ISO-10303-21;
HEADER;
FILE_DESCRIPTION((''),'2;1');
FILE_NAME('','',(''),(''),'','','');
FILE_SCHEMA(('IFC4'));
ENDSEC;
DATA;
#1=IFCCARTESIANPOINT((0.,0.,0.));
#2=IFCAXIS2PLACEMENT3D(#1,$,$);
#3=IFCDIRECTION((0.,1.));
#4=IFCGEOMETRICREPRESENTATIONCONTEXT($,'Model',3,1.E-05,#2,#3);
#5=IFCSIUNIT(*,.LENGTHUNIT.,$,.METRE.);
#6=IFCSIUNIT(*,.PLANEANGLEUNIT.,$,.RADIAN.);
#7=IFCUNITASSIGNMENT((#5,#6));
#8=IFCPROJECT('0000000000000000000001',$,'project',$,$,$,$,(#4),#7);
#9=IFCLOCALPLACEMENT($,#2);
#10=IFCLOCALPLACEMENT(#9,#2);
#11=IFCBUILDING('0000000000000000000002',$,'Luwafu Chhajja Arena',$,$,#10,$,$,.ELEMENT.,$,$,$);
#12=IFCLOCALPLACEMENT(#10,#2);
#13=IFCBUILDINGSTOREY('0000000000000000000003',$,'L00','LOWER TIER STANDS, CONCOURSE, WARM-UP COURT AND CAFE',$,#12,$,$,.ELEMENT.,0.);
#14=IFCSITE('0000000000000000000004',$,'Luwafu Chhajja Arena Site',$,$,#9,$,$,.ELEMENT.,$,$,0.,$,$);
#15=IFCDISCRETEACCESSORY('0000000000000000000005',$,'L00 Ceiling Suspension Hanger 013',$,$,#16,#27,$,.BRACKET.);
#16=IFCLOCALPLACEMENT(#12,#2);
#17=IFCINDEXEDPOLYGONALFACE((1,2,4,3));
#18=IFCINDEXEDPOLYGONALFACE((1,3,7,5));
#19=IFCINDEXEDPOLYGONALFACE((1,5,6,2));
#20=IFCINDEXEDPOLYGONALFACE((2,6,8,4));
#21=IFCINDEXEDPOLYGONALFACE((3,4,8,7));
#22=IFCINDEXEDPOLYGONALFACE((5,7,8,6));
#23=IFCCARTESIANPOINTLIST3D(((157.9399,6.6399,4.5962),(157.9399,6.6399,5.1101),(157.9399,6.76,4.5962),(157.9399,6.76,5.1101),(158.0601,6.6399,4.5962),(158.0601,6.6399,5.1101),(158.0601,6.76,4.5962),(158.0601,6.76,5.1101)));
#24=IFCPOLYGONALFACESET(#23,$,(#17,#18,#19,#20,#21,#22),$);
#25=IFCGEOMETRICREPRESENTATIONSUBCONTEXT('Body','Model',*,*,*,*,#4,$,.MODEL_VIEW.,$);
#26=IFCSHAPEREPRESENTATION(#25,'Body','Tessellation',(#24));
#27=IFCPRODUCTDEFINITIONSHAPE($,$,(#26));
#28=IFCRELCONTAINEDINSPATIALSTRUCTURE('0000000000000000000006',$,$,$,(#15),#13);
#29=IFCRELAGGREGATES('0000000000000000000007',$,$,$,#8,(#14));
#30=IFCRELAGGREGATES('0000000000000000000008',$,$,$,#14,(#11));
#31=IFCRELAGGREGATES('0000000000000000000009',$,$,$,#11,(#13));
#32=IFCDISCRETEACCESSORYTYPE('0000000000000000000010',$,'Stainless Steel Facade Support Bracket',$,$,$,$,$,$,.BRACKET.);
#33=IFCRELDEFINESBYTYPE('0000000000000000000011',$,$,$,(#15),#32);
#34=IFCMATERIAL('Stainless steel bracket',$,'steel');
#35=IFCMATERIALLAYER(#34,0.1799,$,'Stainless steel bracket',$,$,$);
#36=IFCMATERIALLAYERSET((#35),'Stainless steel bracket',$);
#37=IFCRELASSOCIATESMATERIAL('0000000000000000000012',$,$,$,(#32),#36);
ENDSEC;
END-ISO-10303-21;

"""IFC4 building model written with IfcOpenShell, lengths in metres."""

from ifc_helpers import new_model, si_unit, direction, frame, origin, origin_2d, place, context, subcontext, project, spatial, rectangle, extrude, material, layer, layer_set, type_object, element, save


model = new_model("IFC4")

# Units and contexts
model_context = context("Model", 3, precision=1e-05, world=origin(), true_north=direction((0.0, 1.0)))
body_context = subcontext(model_context, "Body", "Model", "MODEL_VIEW")
ifc_project = project(units=[si_unit("LENGTHUNIT", "METRE"), si_unit("PLANEANGLEUNIT", "RADIAN")], contexts=[model_context])

# Site, building, storey
site_placement = place(None, origin())
site = spatial("IfcSite", under=ifc_project, at=site_placement, Name="Luwafu Chhajja Arena Site", CompositionType="ELEMENT", RefElevation=0.0)
building_placement = place(site_placement, origin())
building = spatial("IfcBuilding", under=site, at=building_placement, Name="Luwafu Chhajja Arena", CompositionType="ELEMENT")
storey_placement = place(building_placement, origin())
storey = spatial("IfcBuildingStorey", under=building, at=storey_placement, Name="L00", Description="LOWER TIER STANDS, CONCOURSE, WARM-UP COURT AND CAFE", CompositionType="ELEMENT", Elevation=0.0)

# Discrete accessory
ifc_material_1 = material(Name="Stainless steel bracket", Category="steel")
ifc_layer_1 = layer(ifc_material_1, 0.1799, Name="Stainless steel bracket")
ifc_layer_set_1 = layer_set([ifc_layer_1], Name="Stainless steel bracket")
discrete_accessory_type = type_object("IfcDiscreteAccessoryType", Name="Stainless Steel Facade Support Bracket", PredefinedType="BRACKET", material=ifc_layer_set_1)
discrete_accessory_1_placement = place(storey_placement, frame((158.0, 6.7, 4.5962), z_axis=(0.0, 0.0, 1.0), x_axis=(1.0, 0.0, 0.0)))
element("IfcDiscreteAccessory", 1, at=discrete_accessory_1_placement, inside=storey, type_object=discrete_accessory_type, Name="L00 Ceiling Suspension Hanger 013", PredefinedType="BRACKET", context=body_context, shape_type="SweptSolid", body=[
    extrude(rectangle(XDim=0.1201, YDim=0.1201, at=origin_2d()), origin(), (0.0, 0.0, 1.0), 0.5139),
])

save(model, "model.ifc")
